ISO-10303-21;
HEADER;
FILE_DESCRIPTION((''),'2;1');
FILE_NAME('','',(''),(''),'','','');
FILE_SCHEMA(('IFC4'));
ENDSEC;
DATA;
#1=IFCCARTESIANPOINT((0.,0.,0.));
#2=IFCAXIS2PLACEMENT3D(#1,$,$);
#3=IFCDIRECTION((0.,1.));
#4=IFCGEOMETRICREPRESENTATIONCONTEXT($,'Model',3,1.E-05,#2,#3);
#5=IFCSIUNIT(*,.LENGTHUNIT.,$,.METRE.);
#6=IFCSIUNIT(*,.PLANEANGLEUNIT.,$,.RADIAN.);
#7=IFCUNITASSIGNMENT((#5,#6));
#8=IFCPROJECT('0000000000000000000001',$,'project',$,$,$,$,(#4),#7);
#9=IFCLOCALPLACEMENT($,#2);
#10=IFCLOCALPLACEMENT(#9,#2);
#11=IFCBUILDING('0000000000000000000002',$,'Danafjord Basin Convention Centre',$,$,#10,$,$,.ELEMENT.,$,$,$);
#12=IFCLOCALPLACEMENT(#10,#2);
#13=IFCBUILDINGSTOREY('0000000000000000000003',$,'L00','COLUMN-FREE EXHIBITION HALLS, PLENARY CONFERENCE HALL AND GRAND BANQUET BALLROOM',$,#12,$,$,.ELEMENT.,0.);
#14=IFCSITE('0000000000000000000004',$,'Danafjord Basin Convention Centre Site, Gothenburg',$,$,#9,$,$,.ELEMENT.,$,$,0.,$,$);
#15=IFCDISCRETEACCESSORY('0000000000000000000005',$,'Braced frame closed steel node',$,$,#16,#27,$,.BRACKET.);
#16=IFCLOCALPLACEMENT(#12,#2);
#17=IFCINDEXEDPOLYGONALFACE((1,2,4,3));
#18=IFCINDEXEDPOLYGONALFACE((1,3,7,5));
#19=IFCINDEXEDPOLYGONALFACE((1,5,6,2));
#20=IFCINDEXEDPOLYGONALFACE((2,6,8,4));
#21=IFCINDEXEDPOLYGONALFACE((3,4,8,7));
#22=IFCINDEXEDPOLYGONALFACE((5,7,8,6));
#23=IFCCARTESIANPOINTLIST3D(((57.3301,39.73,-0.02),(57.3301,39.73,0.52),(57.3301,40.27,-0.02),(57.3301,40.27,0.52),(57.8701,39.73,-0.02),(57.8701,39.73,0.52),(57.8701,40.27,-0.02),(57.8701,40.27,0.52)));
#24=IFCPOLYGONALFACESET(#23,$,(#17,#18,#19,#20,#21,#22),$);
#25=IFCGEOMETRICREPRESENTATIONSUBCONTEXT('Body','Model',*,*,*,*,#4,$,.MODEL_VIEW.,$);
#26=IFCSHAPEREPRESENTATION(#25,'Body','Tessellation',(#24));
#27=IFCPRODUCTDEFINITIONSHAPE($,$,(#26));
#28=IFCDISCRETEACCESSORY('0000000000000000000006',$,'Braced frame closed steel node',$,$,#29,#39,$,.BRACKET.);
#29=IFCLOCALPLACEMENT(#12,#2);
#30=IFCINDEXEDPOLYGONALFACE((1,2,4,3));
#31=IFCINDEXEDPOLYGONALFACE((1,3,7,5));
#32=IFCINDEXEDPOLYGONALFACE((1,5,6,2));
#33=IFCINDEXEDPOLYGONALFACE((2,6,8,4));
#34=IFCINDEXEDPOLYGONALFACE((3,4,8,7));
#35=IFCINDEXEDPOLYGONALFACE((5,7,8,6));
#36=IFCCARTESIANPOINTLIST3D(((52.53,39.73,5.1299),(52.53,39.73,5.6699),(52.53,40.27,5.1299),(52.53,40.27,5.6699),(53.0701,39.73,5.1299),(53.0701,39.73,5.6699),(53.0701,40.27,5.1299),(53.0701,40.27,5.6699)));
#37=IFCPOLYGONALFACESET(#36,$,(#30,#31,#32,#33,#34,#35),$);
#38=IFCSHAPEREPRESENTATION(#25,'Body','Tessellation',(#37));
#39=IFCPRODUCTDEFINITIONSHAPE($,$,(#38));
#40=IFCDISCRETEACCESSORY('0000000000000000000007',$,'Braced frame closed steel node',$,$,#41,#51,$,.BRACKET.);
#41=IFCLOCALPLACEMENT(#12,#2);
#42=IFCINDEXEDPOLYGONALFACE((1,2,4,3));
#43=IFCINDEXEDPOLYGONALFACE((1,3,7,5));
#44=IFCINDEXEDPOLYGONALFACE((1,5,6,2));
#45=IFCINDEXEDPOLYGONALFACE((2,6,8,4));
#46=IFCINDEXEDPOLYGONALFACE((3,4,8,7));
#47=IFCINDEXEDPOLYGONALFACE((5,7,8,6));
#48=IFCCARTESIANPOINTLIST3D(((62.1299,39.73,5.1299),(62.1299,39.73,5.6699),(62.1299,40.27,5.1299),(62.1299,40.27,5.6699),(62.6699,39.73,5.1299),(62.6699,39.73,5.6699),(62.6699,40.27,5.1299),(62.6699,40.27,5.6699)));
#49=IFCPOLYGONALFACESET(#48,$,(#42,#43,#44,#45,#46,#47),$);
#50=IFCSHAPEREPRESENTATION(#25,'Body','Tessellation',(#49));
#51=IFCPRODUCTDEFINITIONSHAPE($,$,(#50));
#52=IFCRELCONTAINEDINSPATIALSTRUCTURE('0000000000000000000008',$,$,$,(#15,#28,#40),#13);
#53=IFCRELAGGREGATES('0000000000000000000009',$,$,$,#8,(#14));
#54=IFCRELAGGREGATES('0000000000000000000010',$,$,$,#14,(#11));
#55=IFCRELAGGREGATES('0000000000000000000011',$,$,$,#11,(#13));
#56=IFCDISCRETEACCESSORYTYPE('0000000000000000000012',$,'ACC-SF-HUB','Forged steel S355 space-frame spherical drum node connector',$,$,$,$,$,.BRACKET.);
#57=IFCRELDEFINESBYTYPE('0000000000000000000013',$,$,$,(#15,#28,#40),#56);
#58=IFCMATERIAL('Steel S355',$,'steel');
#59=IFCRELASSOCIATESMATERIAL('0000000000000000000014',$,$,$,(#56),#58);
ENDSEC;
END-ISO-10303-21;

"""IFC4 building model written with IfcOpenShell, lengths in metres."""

from ifc_helpers import new_model, si_unit, direction, frame, origin, origin_2d, place, context, subcontext, project, spatial, rectangle, extrude, material, type_object, element, save


model = new_model("IFC4")

# Units and contexts
model_context = context("Model", 3, precision=1e-05, world=origin(), true_north=direction((0.0, 1.0)))
body_context = subcontext(model_context, "Body", "Model", "MODEL_VIEW")
ifc_project = project(units=[si_unit("LENGTHUNIT", "METRE"), si_unit("PLANEANGLEUNIT", "RADIAN")], contexts=[model_context])

# Site, building, storey
site_placement = place(None, origin())
site = spatial("IfcSite", under=ifc_project, at=site_placement, Name="Danafjord Basin Convention Centre Site, Gothenburg", CompositionType="ELEMENT", RefElevation=0.0)
building_placement = place(site_placement, origin())
building = spatial("IfcBuilding", under=site, at=building_placement, Name="Danafjord Basin Convention Centre", CompositionType="ELEMENT")
storey_placement = place(building_placement, origin())
storey = spatial("IfcBuildingStorey", under=building, at=storey_placement, Name="L00", Description="COLUMN-FREE EXHIBITION HALLS, PLENARY CONFERENCE HALL AND GRAND BANQUET BALLROOM", CompositionType="ELEMENT", Elevation=0.0)

# Shared definitions
ifc_material_1 = material(Name="Steel S355", Category="steel")

# Discrete accessories
discrete_accessory_type = type_object("IfcDiscreteAccessoryType", Name="ACC-SF-HUB", Description="Forged steel S355 space-frame spherical drum node connector", PredefinedType="BRACKET", material=ifc_material_1)
for number, where, z_axis, x_axis, name in (
    (1, (57.6001, 40.0, -0.02), (0.0, 0.0, 1.0), (1.0, 0.0, 0.0), "Braced frame closed steel node"),
    (2, (52.8, 40.0, 5.1299), (0.0, 0.0, 1.0), (1.0, 0.0, 0.0), "Braced frame closed steel node"),
    (3, (62.3999, 40.0, 5.1299), (0.0, 0.0, 1.0), (1.0, 0.0, 0.0), "Braced frame closed steel node"),
):
    element("IfcDiscreteAccessory", number, at=place(storey_placement, frame(where, z_axis=z_axis, x_axis=x_axis)), inside=storey, type_object=discrete_accessory_type, Name=name, PredefinedType="BRACKET", context=body_context, shape_type="SweptSolid", body=[
        extrude(rectangle(XDim=0.54, YDim=0.54, at=origin_2d()), origin(), (0.0, 0.0, 1.0), 0.54),
    ])

save(model, "model.ifc")
